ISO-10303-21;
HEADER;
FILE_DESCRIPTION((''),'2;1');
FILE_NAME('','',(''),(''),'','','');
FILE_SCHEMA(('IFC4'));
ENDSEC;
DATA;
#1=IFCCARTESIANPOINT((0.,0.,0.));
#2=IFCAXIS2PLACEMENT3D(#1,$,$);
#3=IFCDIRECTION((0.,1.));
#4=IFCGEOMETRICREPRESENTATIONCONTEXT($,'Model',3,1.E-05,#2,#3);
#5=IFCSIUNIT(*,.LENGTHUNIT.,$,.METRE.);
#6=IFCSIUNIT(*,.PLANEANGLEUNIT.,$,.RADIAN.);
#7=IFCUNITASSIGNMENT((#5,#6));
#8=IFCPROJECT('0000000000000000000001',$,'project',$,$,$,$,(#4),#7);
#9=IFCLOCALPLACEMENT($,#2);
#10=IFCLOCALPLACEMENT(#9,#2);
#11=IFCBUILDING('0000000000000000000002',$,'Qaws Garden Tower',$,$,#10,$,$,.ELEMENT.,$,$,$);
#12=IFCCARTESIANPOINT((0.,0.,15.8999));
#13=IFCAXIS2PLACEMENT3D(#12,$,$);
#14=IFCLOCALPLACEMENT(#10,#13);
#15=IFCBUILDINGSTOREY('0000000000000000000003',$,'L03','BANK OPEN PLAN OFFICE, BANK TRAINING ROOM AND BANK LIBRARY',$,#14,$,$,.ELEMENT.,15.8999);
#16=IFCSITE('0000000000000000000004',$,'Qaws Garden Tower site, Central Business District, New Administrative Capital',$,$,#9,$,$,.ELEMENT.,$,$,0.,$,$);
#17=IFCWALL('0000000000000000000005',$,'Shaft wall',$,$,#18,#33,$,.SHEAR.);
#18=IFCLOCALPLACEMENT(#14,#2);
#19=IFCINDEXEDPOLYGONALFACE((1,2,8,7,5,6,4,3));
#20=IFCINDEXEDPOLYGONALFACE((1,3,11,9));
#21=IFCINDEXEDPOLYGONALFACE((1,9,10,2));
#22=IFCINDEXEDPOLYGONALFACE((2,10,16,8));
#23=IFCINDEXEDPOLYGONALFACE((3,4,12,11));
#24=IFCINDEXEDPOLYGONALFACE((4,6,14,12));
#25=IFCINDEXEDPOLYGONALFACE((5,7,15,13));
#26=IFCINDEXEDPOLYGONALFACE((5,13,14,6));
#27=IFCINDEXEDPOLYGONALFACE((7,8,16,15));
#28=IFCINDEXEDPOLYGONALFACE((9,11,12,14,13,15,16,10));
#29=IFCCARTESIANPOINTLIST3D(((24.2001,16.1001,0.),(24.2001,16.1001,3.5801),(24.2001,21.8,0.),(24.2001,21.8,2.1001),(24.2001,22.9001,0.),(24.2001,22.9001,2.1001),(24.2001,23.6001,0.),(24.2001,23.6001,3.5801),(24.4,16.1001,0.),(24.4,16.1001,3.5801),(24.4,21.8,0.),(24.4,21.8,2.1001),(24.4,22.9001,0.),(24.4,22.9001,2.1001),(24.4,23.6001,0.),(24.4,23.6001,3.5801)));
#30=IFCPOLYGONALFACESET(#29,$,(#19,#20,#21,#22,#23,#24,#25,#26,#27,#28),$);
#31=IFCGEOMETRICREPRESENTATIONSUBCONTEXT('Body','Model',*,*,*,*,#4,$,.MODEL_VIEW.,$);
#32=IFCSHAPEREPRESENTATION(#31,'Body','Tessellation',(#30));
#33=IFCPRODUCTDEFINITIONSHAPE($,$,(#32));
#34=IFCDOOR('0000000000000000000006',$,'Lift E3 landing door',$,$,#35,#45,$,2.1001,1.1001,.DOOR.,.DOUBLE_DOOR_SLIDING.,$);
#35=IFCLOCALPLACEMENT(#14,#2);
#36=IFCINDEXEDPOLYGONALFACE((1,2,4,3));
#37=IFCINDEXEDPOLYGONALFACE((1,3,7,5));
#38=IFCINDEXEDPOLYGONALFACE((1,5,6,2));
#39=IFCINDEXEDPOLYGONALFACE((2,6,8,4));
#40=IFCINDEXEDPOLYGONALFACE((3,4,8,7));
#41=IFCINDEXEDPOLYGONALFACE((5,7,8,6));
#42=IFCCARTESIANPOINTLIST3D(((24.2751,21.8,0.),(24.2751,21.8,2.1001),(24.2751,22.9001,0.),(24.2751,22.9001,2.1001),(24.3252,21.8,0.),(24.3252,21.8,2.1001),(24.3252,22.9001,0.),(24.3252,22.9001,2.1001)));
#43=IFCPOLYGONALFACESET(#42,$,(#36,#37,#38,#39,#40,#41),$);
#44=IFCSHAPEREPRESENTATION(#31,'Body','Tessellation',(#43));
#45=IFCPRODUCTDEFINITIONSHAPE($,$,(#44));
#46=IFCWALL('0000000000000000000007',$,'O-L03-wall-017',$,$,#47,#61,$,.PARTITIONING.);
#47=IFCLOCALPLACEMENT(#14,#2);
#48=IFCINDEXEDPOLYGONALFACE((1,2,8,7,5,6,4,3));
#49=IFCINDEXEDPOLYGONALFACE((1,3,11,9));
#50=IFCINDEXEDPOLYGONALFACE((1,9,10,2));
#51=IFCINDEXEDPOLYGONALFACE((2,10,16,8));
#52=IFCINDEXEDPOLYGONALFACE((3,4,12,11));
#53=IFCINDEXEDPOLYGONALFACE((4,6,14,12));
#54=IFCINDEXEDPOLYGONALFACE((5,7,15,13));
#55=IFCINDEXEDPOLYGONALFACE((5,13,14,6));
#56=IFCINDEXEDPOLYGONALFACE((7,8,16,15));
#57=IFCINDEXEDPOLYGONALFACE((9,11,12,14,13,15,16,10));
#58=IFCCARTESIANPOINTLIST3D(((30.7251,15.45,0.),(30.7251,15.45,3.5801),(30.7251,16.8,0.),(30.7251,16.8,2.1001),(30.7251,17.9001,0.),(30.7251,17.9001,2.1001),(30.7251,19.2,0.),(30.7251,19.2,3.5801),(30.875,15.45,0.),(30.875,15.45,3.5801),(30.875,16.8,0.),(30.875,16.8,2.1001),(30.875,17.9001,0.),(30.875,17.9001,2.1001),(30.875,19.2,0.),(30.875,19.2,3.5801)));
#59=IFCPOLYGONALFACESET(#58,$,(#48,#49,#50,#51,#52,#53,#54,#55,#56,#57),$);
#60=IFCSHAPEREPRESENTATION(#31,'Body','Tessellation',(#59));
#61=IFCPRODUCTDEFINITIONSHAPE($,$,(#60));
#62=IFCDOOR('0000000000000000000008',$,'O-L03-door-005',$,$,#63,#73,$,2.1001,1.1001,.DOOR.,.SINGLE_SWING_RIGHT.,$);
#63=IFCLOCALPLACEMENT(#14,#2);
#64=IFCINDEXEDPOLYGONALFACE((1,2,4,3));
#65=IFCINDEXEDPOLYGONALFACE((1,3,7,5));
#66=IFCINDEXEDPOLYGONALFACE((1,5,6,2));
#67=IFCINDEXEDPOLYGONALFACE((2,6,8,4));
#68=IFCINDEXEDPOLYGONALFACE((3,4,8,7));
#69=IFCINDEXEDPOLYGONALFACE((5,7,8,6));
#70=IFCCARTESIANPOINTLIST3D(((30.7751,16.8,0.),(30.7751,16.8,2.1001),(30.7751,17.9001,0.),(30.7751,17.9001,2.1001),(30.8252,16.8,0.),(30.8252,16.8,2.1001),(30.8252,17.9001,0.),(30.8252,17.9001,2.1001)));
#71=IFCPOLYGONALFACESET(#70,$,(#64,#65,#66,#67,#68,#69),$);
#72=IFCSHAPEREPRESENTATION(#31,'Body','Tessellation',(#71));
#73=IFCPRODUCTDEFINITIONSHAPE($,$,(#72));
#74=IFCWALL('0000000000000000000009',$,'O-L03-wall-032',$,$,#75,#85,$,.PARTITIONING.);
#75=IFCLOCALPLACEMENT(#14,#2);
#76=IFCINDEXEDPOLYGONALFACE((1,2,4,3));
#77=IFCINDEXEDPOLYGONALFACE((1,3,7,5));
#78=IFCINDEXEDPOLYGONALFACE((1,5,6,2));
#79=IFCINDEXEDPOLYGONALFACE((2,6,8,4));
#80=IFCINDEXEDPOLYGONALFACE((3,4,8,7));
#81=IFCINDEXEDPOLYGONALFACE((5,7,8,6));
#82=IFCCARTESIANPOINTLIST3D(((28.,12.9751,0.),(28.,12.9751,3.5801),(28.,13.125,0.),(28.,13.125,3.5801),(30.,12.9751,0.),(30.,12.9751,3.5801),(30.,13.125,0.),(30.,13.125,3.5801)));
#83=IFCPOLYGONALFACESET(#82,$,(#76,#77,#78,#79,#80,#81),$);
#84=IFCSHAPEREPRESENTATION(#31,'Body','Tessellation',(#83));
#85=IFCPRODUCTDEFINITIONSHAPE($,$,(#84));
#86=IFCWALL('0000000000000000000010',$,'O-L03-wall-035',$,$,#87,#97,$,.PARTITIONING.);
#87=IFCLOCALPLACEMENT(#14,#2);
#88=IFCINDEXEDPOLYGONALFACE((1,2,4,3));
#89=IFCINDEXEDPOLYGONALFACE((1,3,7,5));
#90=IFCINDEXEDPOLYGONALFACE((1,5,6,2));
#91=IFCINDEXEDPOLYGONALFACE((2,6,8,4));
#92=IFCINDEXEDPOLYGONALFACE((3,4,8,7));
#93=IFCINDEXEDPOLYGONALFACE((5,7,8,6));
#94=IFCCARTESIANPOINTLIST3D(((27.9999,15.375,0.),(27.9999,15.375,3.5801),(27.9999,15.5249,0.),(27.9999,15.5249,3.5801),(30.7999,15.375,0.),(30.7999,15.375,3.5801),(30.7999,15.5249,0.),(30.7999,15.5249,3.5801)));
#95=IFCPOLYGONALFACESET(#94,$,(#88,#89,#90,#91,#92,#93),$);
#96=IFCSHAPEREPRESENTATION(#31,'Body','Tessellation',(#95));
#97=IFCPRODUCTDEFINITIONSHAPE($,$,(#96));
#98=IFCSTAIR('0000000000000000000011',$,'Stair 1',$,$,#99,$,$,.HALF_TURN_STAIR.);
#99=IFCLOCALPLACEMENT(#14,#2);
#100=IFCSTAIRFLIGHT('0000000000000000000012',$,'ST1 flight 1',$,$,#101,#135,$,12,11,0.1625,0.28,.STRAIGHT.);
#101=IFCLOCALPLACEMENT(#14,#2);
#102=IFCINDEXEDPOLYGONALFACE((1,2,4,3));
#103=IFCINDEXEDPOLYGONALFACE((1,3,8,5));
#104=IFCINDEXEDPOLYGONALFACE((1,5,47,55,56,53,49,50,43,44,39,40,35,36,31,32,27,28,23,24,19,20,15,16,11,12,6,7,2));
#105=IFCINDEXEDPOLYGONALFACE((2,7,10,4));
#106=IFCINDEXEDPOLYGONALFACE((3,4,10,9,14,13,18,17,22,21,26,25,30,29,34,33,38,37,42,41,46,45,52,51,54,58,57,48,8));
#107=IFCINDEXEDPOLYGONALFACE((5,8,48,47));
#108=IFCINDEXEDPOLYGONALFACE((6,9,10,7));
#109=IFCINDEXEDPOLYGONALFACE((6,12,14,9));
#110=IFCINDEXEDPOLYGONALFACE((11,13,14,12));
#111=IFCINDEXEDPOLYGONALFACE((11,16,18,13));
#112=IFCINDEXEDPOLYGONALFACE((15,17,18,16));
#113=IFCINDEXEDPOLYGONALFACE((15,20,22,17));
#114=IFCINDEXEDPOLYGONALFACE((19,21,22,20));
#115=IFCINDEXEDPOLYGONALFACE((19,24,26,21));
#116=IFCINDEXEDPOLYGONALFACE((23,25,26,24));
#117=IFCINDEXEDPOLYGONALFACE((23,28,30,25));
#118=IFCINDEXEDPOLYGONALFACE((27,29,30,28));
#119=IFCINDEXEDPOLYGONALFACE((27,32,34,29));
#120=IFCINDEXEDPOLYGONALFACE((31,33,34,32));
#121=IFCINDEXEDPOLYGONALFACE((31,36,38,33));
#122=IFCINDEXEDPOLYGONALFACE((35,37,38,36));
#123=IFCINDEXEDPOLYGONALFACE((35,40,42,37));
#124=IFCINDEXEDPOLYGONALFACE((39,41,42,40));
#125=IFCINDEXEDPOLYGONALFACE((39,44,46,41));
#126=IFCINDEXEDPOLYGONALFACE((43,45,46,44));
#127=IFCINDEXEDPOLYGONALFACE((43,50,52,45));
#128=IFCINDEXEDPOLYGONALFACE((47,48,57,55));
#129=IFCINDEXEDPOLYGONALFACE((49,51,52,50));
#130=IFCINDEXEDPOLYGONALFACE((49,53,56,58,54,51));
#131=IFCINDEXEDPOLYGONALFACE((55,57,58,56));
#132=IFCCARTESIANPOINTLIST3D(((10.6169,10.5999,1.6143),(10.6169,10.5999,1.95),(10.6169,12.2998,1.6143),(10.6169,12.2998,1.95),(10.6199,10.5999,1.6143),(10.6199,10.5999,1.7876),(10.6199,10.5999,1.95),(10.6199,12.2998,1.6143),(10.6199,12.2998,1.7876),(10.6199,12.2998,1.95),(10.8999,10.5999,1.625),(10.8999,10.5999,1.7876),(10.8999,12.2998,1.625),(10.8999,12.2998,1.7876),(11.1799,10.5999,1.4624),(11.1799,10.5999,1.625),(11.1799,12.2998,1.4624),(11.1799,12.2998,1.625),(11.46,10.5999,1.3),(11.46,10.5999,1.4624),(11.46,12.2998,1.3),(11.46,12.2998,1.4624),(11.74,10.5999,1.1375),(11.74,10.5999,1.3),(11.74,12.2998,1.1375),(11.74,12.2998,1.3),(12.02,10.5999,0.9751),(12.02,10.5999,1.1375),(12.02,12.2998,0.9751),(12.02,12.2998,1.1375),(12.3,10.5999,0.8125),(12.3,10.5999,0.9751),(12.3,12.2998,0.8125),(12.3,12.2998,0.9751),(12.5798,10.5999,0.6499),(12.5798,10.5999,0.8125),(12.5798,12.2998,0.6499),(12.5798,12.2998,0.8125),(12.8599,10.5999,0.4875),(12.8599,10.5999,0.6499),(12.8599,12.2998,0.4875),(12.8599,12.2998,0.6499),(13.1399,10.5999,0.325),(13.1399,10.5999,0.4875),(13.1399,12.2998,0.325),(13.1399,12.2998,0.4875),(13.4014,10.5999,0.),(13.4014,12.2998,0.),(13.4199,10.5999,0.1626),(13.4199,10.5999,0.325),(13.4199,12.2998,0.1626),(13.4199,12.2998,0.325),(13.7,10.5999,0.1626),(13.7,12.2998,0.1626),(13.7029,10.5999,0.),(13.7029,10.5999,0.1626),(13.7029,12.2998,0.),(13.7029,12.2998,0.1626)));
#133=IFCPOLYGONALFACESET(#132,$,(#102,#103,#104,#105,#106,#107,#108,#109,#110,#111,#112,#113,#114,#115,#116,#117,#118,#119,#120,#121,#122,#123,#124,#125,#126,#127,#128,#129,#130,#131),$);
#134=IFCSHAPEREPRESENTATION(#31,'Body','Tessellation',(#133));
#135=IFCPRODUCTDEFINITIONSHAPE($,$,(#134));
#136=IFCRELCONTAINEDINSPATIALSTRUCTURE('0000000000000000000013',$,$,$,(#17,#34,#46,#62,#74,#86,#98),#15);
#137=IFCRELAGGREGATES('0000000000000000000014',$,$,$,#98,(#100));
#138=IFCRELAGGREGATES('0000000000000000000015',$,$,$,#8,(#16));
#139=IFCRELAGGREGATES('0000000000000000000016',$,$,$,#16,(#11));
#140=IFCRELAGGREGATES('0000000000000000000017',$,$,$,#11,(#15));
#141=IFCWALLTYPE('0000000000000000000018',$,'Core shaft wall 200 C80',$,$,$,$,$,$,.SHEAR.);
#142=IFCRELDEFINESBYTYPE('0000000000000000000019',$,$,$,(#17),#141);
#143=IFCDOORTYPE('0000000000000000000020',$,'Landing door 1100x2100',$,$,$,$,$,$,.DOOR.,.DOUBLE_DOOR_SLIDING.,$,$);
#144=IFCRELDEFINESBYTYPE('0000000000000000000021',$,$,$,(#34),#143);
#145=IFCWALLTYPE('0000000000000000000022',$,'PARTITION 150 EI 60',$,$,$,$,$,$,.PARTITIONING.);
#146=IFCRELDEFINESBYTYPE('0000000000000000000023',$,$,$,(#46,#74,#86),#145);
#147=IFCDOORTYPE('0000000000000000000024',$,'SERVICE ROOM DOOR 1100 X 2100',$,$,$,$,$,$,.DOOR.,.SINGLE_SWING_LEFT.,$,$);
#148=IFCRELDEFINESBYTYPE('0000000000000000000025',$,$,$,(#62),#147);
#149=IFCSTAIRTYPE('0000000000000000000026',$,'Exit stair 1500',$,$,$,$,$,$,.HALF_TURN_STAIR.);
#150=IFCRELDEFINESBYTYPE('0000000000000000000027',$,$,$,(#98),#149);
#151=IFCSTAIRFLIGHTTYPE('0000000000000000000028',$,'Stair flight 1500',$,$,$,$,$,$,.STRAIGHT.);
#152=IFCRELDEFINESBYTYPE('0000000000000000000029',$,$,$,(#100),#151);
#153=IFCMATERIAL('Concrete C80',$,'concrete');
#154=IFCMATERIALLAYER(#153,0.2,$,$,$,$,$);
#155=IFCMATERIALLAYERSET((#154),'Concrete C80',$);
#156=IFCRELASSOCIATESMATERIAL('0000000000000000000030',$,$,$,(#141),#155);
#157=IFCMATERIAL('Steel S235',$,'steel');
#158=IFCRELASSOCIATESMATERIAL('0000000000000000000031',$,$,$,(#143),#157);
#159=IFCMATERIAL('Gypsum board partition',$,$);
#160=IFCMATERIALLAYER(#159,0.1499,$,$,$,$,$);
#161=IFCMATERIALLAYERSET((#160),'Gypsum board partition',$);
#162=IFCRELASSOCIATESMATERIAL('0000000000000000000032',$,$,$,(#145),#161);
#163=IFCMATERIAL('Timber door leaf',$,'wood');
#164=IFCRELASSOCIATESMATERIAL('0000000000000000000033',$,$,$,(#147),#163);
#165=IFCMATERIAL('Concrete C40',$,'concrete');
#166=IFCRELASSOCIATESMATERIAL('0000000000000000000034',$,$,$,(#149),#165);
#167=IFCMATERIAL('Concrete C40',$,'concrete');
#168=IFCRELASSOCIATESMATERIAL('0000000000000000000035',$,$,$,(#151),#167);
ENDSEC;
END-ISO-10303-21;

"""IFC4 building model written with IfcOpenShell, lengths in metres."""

from ifc_helpers import new_model, si_unit, direction, frame, frame_2d, origin, place, context, subcontext, project, spatial, polyline, rectangle, outline, extrude, material, layer, layer_set, type_object, element, fill, aggregate, save


model = new_model("IFC4")

# Units and contexts
model_context = context("Model", 3, precision=1e-05, world=origin(), true_north=direction((0.0, 1.0)))
body_context = subcontext(model_context, "Body", "Model", "MODEL_VIEW")
ifc_project = project(units=[si_unit("LENGTHUNIT", "METRE"), si_unit("PLANEANGLEUNIT", "RADIAN")], contexts=[model_context])

# Site, building, storey
site_placement = place(None, origin())
site = spatial("IfcSite", under=ifc_project, at=site_placement, Name="Qaws Garden Tower site, Central Business District, New Administrative Capital", CompositionType="ELEMENT", RefElevation=0.0)
building_placement = place(site_placement, origin())
building = spatial("IfcBuilding", under=site, at=building_placement, Name="Qaws Garden Tower", CompositionType="ELEMENT")
storey_placement = place(building_placement, frame((0.0, 0.0, 15.8999)))
storey = spatial("IfcBuildingStorey", under=building, at=storey_placement, Name="L03", Description="BANK OPEN PLAN OFFICE, BANK TRAINING ROOM AND BANK LIBRARY", CompositionType="ELEMENT", Elevation=15.8999)

# Shared definitions
ifc_material_1 = material(Name="Concrete C80", Category="concrete")
ifc_layer_1 = layer(ifc_material_1, 0.2)
ifc_layer_set_1 = layer_set([ifc_layer_1], Name="Concrete C80")
wall_type_1 = type_object("IfcWallType", Name="Core shaft wall 200 C80", PredefinedType="SHEAR", material=ifc_layer_set_1)
ifc_material_2 = material(Name="Steel S235", Category="steel")
door_type_1 = type_object("IfcDoorType", Name="Landing door 1100x2100", OperationType="DOUBLE_DOOR_SLIDING", PredefinedType="DOOR", material=ifc_material_2)

# Walls, openings, doors
wall_1_placement = place(storey_placement, frame((24.3, 16.1001, 0.0), z_axis=(0.0, 0.0, 1.0), x_axis=(0.0, 1.0, 0.0)))
wall_1 = element("IfcWall", 1, at=wall_1_placement, inside=storey, type_object=wall_type_1, Name="Shaft wall", PredefinedType="SHEAR", context=body_context, shape_type="SweptSolid", body=[
    extrude(rectangle(XDim=7.5, YDim=0.2, at=frame_2d((3.75, 0.0))), origin(), (0.0, 0.0, 1.0), 3.5801),
])
opening_1_placement = place(wall_1_placement, frame((5.7, 0.0, 0.0)))
opening_1 = element("IfcOpeningElement", 2, at=opening_1_placement, cuts=wall_1, PredefinedType="OPENING", context=body_context, shape_type="SweptSolid", body=[
    extrude(rectangle(XDim=1.1001, YDim=2.1001, at=frame_2d((0.55, 1.05))), frame((0.0, 0.1099, 0.0), z_axis=(0.0, -1.0, 0.0), x_axis=(1.0, 0.0, 0.0)), (0.0, 0.0, 1.0), 0.22),
])
door_1_placement = place(opening_1_placement, origin())
door_1 = element("IfcDoor", 3, at=door_1_placement, inside=storey, type_object=door_type_1, Name="Lift E3 landing door", OperationType="DOUBLE_DOOR_SLIDING", OverallHeight=2.1001, OverallWidth=1.1001, PredefinedType="DOOR", context=body_context, shape_type="SweptSolid", body=[
    extrude(rectangle(XDim=1.1001, YDim=2.1001, at=frame_2d((0.55, 1.05))), frame((0.0, 0.0249, 0.0), z_axis=(0.0, -1.0, 0.0), x_axis=(1.0, 0.0, 0.0)), (0.0, 0.0, 1.0), 0.05),
])
fill(opening_1, door_1)
ifc_material_3 = material(Name="Gypsum board partition")
ifc_layer_2 = layer(ifc_material_3, 0.1499)
ifc_layer_set_2 = layer_set([ifc_layer_2], Name="Gypsum board partition")
wall_type_2 = type_object("IfcWallType", Name="PARTITION 150 EI 60", PredefinedType="PARTITIONING", material=ifc_layer_set_2)
wall_2_placement = place(storey_placement, frame((30.8, 15.45, 0.0), z_axis=(0.0, 0.0, 1.0), x_axis=(0.0, 1.0, 0.0)))
wall_2 = element("IfcWall", 4, at=wall_2_placement, inside=storey, type_object=wall_type_2, Name="O-L03-wall-017", PredefinedType="PARTITIONING", context=body_context, shape_type="SweptSolid", body=[
    extrude(rectangle(XDim=3.75, YDim=0.1499, at=frame_2d((1.875, 0.0))), origin(), (0.0, 0.0, 1.0), 3.5801),
])
opening_2_placement = place(wall_2_placement, frame((1.3501, 0.0, 0.0)))
opening_2 = element("IfcOpeningElement", 5, at=opening_2_placement, cuts=wall_2, PredefinedType="OPENING", context=body_context, shape_type="SweptSolid", body=[
    extrude(rectangle(XDim=1.1001, YDim=2.1001, at=frame_2d((0.55, 1.05))), frame((0.0, 0.085, 0.0), z_axis=(0.0, -1.0, 0.0), x_axis=(1.0, 0.0, 0.0)), (0.0, 0.0, 1.0), 0.1699),
])
ifc_material_4 = material(Name="Timber door leaf", Category="wood")
door_type_2 = type_object("IfcDoorType", Name="SERVICE ROOM DOOR 1100 X 2100", OperationType="SINGLE_SWING_LEFT", PredefinedType="DOOR", material=ifc_material_4)
door_2_placement = place(opening_2_placement, origin())
door_2 = element("IfcDoor", 6, at=door_2_placement, inside=storey, type_object=door_type_2, Name="O-L03-door-005", OperationType="SINGLE_SWING_RIGHT", OverallHeight=2.1001, OverallWidth=1.1001, PredefinedType="DOOR", context=body_context, shape_type="SweptSolid", body=[
    extrude(rectangle(XDim=1.1001, YDim=2.1001, at=frame_2d((0.55, 1.05))), frame((0.0, 0.0249, 0.0), z_axis=(0.0, -1.0, 0.0), x_axis=(1.0, 0.0, 0.0)), (0.0, 0.0, 1.0), 0.05),
])
fill(opening_2, door_2)

# Walls
wall_3_placement = place(storey_placement, frame((28.0, 13.05, 0.0), z_axis=(0.0, 0.0, 1.0), x_axis=(1.0, 0.0, 0.0)))
element("IfcWall", 7, at=wall_3_placement, inside=storey, type_object=wall_type_2, Name="O-L03-wall-032", PredefinedType="PARTITIONING", context=body_context, shape_type="SweptSolid", body=[
    extrude(rectangle(XDim=2.0, YDim=0.1499, at=frame_2d((1.0, 0.0))), origin(), (0.0, 0.0, 1.0), 3.5801),
])
wall_4_placement = place(storey_placement, frame((28.0, 15.45, 0.0), z_axis=(0.0, 0.0, 1.0), x_axis=(1.0, 0.0, 0.0)))
element("IfcWall", 8, at=wall_4_placement, inside=storey, type_object=wall_type_2, Name="O-L03-wall-035", PredefinedType="PARTITIONING", context=body_context, shape_type="SweptSolid", body=[
    extrude(rectangle(XDim=2.8, YDim=0.1499, at=frame_2d((1.3999, 0.0))), origin(), (0.0, 0.0, 1.0), 3.5801),
])

# Stair, stair flight
ifc_material_5 = material(Name="Concrete C40", Category="concrete")
stair_type = type_object("IfcStairType", Name="Exit stair 1500", PredefinedType="HALF_TURN_STAIR", material=ifc_material_5)
stair_placement = place(storey_placement, origin())
stair = element("IfcStair", 9, at=stair_placement, inside=storey, type_object=stair_type, Name="Stair 1", PredefinedType="HALF_TURN_STAIR")
ifc_material_6 = material(Name="Concrete C40", Category="concrete")
stair_flight_type = type_object("IfcStairFlightType", Name="Stair flight 1500", PredefinedType="STRAIGHT", material=ifc_material_6)
stair_flight_placement = place(storey_placement, frame((13.7, 11.45, 0.0), z_axis=(0.0, 0.0, 1.0), x_axis=(-1.0, 0.0, 0.0)))
stair_flight = element("IfcStairFlight", 10, at=stair_flight_placement, type_object=stair_flight_type, Name="ST1 flight 1", NumberOfRisers=12, NumberOfTreads=11, PredefinedType="STRAIGHT", RiserHeight=0.1625, TreadLength=0.28, context=body_context, shape_type="SweptSolid", body=[
    extrude(outline(polyline([(-0.0029, 0.0), (-0.0029, 0.1626), (0.0, 0.1626), (0.28, 0.1626), (0.28, 0.325), (0.5601, 0.325), (0.5601, 0.4875), (0.8401, 0.4875), (0.8401, 0.6499), (1.1201, 0.6499), (1.1201, 0.8125), (1.3999, 0.8125), (1.3999, 0.9751), (1.6799, 0.9751), (1.6799, 1.1375), (1.96, 1.1375), (1.96, 1.3), (2.24, 1.3), (2.24, 1.4624), (2.52, 1.4624), (2.52, 1.625), (2.8, 1.625), (2.8, 1.7876), (3.0801, 1.7876), (3.0801, 1.95), (3.083, 1.95), (3.083, 1.6143), (3.0801, 1.6143), (0.2986, 0.0), (-0.0029, 0.0)])), frame((0.0, 0.8501, 0.0), z_axis=(0.0, -1.0, 0.0), x_axis=(1.0, 0.0, 0.0)), (0.0, 0.0, 1.0), 1.7),
])
aggregate(stair, [stair_flight])

save(model, "model.ifc")
